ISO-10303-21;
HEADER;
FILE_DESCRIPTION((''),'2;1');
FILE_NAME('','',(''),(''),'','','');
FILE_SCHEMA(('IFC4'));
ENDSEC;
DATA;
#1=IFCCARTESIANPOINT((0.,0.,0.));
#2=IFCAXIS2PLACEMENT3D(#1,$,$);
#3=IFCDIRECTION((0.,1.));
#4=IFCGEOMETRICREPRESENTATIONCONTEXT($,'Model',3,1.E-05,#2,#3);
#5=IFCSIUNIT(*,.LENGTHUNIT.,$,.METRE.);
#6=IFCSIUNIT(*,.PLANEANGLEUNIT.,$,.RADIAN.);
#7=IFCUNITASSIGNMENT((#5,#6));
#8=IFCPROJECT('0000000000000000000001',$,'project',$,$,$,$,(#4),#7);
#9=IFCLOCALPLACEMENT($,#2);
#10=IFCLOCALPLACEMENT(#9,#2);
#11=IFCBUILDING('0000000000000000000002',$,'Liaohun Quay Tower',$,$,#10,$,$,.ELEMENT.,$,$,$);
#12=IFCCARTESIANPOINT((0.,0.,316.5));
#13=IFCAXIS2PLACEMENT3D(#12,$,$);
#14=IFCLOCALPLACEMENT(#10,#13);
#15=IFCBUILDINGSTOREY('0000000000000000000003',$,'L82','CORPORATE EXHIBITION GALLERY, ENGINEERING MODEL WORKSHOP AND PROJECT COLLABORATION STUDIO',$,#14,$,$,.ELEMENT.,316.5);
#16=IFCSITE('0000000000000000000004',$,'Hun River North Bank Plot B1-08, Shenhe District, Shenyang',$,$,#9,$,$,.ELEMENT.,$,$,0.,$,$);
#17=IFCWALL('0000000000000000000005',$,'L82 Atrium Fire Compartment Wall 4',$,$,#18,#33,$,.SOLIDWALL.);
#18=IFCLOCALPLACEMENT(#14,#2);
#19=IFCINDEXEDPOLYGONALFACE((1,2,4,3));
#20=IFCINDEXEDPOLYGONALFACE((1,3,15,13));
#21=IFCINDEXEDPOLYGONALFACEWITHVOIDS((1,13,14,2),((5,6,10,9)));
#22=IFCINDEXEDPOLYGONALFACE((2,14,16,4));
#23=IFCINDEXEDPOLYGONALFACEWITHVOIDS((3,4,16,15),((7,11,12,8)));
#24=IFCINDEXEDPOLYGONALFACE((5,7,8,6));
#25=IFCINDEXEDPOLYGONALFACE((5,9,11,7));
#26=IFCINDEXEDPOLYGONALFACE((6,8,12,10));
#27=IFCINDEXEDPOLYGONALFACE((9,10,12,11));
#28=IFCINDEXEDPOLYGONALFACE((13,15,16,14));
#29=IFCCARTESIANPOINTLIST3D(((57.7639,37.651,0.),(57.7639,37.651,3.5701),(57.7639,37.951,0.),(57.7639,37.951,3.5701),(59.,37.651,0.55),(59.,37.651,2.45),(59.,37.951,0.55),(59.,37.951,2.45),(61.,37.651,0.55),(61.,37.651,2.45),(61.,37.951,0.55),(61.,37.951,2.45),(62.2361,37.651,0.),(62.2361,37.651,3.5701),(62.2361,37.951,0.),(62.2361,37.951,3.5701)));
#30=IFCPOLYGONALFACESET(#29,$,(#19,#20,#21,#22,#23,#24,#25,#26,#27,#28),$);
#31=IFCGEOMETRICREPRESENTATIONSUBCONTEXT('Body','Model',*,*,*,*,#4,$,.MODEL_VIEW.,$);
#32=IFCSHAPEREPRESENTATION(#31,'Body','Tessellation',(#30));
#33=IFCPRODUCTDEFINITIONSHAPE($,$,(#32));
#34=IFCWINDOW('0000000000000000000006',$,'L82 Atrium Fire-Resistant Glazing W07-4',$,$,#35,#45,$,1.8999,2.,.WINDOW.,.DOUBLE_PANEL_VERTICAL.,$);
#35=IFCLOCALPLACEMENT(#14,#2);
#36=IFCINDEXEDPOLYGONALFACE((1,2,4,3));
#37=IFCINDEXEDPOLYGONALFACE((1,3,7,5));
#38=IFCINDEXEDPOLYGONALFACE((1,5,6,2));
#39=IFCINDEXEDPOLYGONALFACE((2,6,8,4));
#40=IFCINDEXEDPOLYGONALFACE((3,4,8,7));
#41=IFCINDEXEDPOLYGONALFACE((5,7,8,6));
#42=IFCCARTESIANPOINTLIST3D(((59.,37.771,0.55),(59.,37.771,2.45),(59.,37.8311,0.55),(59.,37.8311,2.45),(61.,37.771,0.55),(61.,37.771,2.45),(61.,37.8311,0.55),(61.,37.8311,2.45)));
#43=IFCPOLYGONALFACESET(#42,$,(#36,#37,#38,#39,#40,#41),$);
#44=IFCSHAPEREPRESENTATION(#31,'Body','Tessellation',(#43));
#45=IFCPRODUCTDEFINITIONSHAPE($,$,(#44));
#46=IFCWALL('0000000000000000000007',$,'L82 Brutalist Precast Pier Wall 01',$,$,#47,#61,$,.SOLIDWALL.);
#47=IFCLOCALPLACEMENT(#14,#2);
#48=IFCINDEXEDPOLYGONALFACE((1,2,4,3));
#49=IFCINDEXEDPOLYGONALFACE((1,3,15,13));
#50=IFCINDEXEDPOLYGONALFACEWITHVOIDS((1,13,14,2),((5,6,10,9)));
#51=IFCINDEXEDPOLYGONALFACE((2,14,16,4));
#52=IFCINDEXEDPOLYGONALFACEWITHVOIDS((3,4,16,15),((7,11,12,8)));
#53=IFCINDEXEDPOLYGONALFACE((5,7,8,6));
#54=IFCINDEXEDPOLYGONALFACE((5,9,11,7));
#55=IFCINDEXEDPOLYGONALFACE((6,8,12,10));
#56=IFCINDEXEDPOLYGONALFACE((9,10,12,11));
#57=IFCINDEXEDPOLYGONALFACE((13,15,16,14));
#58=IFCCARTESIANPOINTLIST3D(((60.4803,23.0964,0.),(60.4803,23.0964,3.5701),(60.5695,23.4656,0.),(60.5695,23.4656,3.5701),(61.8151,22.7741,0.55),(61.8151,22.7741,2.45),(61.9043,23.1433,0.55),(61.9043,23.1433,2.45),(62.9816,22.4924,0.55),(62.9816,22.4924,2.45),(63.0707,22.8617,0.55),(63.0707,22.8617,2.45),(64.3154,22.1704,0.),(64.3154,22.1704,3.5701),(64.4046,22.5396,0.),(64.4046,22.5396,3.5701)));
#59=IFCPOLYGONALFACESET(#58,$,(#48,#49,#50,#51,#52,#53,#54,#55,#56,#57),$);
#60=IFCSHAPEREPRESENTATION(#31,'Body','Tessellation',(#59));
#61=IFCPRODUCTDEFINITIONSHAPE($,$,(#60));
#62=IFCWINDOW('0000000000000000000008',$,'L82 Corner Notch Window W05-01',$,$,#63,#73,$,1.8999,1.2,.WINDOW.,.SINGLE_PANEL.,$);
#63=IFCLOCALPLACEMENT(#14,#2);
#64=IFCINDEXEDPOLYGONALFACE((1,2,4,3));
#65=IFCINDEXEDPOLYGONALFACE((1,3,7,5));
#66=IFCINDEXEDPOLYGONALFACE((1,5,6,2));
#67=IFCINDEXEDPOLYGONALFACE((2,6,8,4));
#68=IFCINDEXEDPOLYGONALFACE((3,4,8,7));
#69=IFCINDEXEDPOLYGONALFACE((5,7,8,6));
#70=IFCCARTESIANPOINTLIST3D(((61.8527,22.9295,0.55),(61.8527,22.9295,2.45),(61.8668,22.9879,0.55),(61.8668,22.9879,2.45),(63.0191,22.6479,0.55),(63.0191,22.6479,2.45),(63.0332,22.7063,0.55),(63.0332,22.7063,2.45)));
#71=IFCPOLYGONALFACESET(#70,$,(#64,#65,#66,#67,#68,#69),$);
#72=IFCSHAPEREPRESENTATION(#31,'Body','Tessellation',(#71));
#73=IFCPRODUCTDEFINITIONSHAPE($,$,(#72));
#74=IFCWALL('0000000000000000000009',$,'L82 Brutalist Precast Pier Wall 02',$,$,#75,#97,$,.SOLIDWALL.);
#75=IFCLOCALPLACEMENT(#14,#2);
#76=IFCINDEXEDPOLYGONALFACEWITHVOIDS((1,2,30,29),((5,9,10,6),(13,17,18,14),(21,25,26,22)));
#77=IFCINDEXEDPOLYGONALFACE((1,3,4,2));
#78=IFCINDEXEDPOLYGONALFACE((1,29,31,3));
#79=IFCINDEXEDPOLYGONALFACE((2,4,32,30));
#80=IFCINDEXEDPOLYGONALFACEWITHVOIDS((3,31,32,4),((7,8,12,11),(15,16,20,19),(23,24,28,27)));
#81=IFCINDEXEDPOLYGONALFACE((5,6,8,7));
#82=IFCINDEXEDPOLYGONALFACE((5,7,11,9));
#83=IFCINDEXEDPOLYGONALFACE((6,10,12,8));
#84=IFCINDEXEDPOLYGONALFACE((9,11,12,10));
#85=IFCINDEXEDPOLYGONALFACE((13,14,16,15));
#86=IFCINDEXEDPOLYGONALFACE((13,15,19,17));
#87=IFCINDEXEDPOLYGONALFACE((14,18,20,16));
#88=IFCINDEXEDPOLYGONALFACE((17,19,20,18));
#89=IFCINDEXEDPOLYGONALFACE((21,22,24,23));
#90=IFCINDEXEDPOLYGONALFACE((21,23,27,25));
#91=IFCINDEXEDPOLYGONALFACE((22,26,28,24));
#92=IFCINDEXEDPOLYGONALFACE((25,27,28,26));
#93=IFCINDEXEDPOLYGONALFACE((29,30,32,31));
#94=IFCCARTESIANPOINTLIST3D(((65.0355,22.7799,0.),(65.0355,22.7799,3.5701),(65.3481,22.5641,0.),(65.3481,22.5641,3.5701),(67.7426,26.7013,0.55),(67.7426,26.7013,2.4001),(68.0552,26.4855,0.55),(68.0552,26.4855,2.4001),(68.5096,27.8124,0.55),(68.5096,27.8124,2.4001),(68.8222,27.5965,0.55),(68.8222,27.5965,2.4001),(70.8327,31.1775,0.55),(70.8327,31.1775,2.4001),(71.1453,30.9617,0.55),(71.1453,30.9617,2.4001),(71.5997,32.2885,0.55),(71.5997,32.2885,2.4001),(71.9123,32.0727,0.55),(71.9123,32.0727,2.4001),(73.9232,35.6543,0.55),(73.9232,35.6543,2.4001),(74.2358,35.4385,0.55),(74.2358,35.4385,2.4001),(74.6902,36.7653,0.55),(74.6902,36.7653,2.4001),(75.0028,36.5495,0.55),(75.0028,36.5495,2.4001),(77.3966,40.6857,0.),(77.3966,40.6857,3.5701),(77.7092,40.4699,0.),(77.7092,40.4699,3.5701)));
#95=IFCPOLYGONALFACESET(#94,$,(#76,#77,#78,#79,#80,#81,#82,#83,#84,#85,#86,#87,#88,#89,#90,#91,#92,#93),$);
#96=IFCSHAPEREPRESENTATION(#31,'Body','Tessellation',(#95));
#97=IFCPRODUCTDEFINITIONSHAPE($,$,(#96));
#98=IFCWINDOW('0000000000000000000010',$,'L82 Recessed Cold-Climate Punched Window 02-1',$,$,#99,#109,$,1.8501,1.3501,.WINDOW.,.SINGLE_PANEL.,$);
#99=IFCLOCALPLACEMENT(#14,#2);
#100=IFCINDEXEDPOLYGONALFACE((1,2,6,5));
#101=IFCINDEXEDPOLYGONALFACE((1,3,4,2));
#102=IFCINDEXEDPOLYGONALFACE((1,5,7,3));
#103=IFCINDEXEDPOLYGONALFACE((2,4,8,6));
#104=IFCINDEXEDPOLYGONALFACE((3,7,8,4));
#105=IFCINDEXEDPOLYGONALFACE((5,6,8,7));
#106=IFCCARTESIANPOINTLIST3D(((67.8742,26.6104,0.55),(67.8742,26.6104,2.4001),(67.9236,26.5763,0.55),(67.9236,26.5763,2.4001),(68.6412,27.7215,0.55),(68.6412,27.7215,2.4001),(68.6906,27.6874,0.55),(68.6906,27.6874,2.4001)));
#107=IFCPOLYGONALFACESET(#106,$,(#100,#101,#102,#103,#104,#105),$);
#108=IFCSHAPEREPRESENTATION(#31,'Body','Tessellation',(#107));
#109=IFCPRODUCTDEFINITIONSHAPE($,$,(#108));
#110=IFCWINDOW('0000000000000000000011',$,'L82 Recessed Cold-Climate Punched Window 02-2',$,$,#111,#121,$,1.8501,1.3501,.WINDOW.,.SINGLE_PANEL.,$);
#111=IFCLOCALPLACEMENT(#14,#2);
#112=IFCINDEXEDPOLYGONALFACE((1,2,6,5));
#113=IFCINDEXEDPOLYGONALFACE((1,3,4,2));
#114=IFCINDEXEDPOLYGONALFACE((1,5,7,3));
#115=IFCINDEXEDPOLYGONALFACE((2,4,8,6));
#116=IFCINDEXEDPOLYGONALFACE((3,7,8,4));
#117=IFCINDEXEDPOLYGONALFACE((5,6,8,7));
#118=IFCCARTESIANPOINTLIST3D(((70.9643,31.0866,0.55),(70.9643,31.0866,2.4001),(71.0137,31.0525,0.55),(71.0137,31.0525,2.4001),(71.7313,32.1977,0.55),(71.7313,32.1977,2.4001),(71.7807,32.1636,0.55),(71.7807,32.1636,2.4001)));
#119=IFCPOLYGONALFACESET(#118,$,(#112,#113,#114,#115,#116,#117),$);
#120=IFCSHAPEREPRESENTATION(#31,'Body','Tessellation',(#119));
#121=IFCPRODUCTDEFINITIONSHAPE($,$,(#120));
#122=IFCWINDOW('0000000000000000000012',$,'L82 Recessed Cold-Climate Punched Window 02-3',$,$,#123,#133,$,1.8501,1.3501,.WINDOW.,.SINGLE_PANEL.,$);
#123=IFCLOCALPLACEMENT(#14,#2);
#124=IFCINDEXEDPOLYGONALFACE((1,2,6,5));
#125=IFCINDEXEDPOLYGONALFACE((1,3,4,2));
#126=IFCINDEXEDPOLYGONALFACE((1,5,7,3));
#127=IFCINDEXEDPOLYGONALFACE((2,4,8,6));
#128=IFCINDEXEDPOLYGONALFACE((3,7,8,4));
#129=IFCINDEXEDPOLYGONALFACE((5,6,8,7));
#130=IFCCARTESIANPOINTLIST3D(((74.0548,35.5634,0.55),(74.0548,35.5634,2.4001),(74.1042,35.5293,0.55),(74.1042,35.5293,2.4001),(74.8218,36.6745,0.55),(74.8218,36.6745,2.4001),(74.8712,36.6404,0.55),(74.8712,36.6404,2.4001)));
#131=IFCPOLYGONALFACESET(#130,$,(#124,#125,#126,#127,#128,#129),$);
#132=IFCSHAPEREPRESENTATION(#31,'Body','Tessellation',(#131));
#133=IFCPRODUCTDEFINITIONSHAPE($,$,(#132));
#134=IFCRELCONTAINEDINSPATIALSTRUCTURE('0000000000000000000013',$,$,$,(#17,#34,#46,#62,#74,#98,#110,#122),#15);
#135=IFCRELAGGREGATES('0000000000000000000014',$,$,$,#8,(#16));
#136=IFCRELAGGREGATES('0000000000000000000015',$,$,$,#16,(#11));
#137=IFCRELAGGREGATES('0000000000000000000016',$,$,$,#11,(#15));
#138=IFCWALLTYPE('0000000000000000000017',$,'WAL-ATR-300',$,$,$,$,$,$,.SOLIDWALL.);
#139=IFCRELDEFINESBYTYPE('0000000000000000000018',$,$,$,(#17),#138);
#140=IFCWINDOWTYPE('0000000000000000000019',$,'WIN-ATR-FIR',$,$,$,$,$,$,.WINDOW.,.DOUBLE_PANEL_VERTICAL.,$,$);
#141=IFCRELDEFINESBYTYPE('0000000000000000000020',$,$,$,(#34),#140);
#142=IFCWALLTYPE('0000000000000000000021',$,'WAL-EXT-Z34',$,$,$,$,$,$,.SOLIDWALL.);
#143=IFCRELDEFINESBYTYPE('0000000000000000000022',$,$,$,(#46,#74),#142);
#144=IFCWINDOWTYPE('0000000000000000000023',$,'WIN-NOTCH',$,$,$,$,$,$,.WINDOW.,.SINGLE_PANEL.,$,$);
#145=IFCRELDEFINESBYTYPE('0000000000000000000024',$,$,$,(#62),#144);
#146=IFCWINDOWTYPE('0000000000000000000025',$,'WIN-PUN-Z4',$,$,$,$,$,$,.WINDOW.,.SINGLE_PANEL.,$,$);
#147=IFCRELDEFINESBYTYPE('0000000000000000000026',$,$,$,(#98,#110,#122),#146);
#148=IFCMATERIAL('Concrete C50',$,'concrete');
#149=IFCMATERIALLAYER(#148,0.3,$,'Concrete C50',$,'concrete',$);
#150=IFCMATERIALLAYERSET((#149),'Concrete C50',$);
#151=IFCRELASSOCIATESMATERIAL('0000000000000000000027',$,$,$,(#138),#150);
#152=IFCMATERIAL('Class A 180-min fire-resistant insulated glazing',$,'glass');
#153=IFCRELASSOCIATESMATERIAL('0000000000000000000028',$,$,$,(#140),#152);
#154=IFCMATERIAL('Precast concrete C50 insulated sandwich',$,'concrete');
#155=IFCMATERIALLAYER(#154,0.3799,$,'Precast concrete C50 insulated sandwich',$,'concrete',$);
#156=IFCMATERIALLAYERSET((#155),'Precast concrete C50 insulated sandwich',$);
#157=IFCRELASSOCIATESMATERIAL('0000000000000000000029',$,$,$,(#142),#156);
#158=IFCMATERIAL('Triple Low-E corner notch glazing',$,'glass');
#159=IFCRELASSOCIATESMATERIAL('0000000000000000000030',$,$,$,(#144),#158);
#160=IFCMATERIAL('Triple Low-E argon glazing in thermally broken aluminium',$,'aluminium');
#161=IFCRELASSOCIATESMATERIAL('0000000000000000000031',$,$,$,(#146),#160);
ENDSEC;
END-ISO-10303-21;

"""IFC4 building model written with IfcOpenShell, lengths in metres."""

from ifc_helpers import new_model, si_unit, direction, frame, frame_2d, origin, place, context, subcontext, project, spatial, rectangle, extrude, source, transform, mapped, material, layer, layer_set, type_object, element, fill, save


model = new_model("IFC4")

# Units and contexts
model_context = context("Model", 3, precision=1e-05, world=origin(), true_north=direction((0.0, 1.0)))
body_context = subcontext(model_context, "Body", "Model", "MODEL_VIEW")
ifc_project = project(units=[si_unit("LENGTHUNIT", "METRE"), si_unit("PLANEANGLEUNIT", "RADIAN")], contexts=[model_context])

# Site, building, storey
site_placement = place(None, origin())
site = spatial("IfcSite", under=ifc_project, at=site_placement, Name="Hun River North Bank Plot B1-08, Shenhe District, Shenyang", CompositionType="ELEMENT", RefElevation=0.0)
building_placement = place(site_placement, origin())
building = spatial("IfcBuilding", under=site, at=building_placement, Name="Liaohun Quay Tower", CompositionType="ELEMENT")
storey_placement = place(building_placement, frame((0.0, 0.0, 316.5)))
storey = spatial("IfcBuildingStorey", under=building, at=storey_placement, Name="L82", Description="CORPORATE EXHIBITION GALLERY, ENGINEERING MODEL WORKSHOP AND PROJECT COLLABORATION STUDIO", CompositionType="ELEMENT", Elevation=316.5)

# Shared definitions
ifc_material_1 = material(Name="Concrete C50", Category="concrete")

# Walls, openings, windows
ifc_layer_1 = layer(ifc_material_1, 0.3, Name="Concrete C50", Category="concrete")
ifc_layer_set_1 = layer_set([ifc_layer_1], Name="Concrete C50")
wall_type_1 = type_object("IfcWallType", Name="WAL-ATR-300", PredefinedType="SOLIDWALL", material=ifc_layer_set_1)
shared_shape_1 = source(origin(), body_context, "Body", "SweptSolid", [
    extrude(rectangle(XDim=2.0, YDim=1.8999, at=frame_2d((1.0, 0.95))), frame((0.0, 0.1599, 0.0), z_axis=(0.0, -1.0, 0.0), x_axis=(1.0, 0.0, 0.0)), (0.0, 0.0, 1.0), 0.3201),
])
ifc_material_2 = material(Name="Class A 180-min fire-resistant insulated glazing", Category="glass")
window_type_1 = type_object("IfcWindowType", Name="WIN-ATR-FIR", PartitioningType="DOUBLE_PANEL_VERTICAL", PredefinedType="WINDOW", material=ifc_material_2)
shared_shape_2 = source(origin(), body_context, "Body", "SweptSolid", [
    extrude(rectangle(XDim=2.0, YDim=1.8999, at=frame_2d((1.0, 0.95))), frame((0.0, 0.03, 0.0), z_axis=(0.0, -1.0, 0.0), x_axis=(1.0, 0.0, 0.0)), (0.0, 0.0, 1.0), 0.0601),
])
wall_1_placement = place(storey_placement, frame((62.2361, 37.801, 0.0), z_axis=(0.0, 0.0, 1.0), x_axis=(-1.0, 0.0, 0.0)))
wall_1 = element("IfcWall", 1, at=wall_1_placement, inside=storey, type_object=wall_type_1, Name="L82 Atrium Fire Compartment Wall 4", PredefinedType="SOLIDWALL", context=body_context, shape_type="SweptSolid", body=[
    extrude(rectangle(XDim=4.4722, YDim=0.3, at=frame_2d((2.2361, 0.0))), origin(), (0.0, 0.0, 1.0), 3.5701),
])
opening_1_placement = place(wall_1_placement, frame((1.2361, 0.0, 0.55)))
opening_1 = element("IfcOpeningElement", 2, at=opening_1_placement, cuts=wall_1, PredefinedType="OPENING", context=body_context, shape_type="MappedRepresentation", body=[
    mapped(shared_shape_1, transform((0.0, 0.0, 0.0), x_axis=(1.0, 0.0, 0.0), y_axis=(0.0, 1.0, 0.0), z_axis=(0.0, 0.0, 1.0), scale=1.0)),
])
window_1_placement = place(opening_1_placement, origin())
window_1 = element("IfcWindow", 3, at=window_1_placement, inside=storey, type_object=window_type_1, Name="L82 Atrium Fire-Resistant Glazing W07-4", OverallHeight=1.8999, OverallWidth=2.0, PartitioningType="DOUBLE_PANEL_VERTICAL", PredefinedType="WINDOW", context=body_context, shape_type="MappedRepresentation", body=[
    mapped(shared_shape_2, transform((0.0, 0.0, 0.0), x_axis=(1.0, 0.0, 0.0), y_axis=(0.0, 1.0, 0.0), z_axis=(0.0, 0.0, 1.0), scale=1.0)),
])
fill(opening_1, window_1)
ifc_material_3 = material(Name="Precast concrete C50 insulated sandwich", Category="concrete")
ifc_layer_2 = layer(ifc_material_3, 0.3799, Name="Precast concrete C50 insulated sandwich", Category="concrete")
ifc_layer_set_2 = layer_set([ifc_layer_2], Name="Precast concrete C50 insulated sandwich")
wall_type_2 = type_object("IfcWallType", Name="WAL-EXT-Z34", PredefinedType="SOLIDWALL", material=ifc_layer_set_2)
wall_2_placement = place(storey_placement, frame((60.5249, 23.281, 0.0), z_axis=(0.0, 0.0, 1.0), x_axis=(0.972066, -0.234709, 0.0)))
wall_2 = element("IfcWall", 4, at=wall_2_placement, inside=storey, type_object=wall_type_2, Name="L82 Brutalist Precast Pier Wall 01", PredefinedType="SOLIDWALL", context=body_context, shape_type="SweptSolid", body=[
    extrude(rectangle(XDim=3.9453, YDim=0.3799, at=frame_2d((1.9727, 0.0))), origin(), (0.0, 0.0, 1.0), 3.5701),
])
shared_shape_3 = source(origin(), body_context, "Body", "SweptSolid", [
    extrude(rectangle(XDim=1.2, YDim=1.8999, at=frame_2d((0.6001, 0.95))), frame((0.0, 0.2, 0.0), z_axis=(0.0, -1.0, 0.0), x_axis=(1.0, 0.0, 0.0)), (0.0, 0.0, 1.0), 0.3999),
])
opening_2_placement = place(wall_2_placement, frame((1.373, 0.0, 0.55)))
opening_2 = element("IfcOpeningElement", 5, at=opening_2_placement, cuts=wall_2, PredefinedType="OPENING", context=body_context, shape_type="MappedRepresentation", body=[
    mapped(shared_shape_3, transform((0.0, 0.0, 0.0), x_axis=(1.0, 0.0, 0.0), y_axis=(0.0, 1.0, 0.0), z_axis=(0.0, 0.0, 1.0), scale=1.0)),
])
ifc_material_4 = material(Name="Triple Low-E corner notch glazing", Category="glass")
window_type_2 = type_object("IfcWindowType", Name="WIN-NOTCH", PartitioningType="SINGLE_PANEL", PredefinedType="WINDOW", material=ifc_material_4)
shared_shape_4 = source(origin(), body_context, "Body", "SweptSolid", [
    extrude(rectangle(XDim=1.2, YDim=1.8999, at=frame_2d((0.6001, 0.95))), frame((0.0, 0.03, 0.0), z_axis=(0.0, -1.0, 0.0), x_axis=(1.0, 0.0, 0.0)), (0.0, 0.0, 1.0), 0.0601),
])
window_2_placement = place(opening_2_placement, origin())
window_2 = element("IfcWindow", 6, at=window_2_placement, inside=storey, type_object=window_type_2, Name="L82 Corner Notch Window W05-01", OverallHeight=1.8999, OverallWidth=1.2, PartitioningType="SINGLE_PANEL", PredefinedType="WINDOW", context=body_context, shape_type="MappedRepresentation", body=[
    mapped(shared_shape_4, transform((0.0, 0.0, 0.0), x_axis=(1.0, 0.0, 0.0), y_axis=(0.0, 1.0, 0.0), z_axis=(0.0, 0.0, 1.0), scale=1.0)),
])
fill(opening_2, window_2)

# Wall, openings, windows
wall_3_placement = place(storey_placement, frame((65.1919, 22.6721, 0.0), z_axis=(0.0, 0.0, 1.0), x_axis=(0.568115, 0.822949, 0.0)))
wall_3 = element("IfcWall", 7, at=wall_3_placement, inside=storey, type_object=wall_type_2, Name="L82 Brutalist Precast Pier Wall 02", PredefinedType="SOLIDWALL", context=body_context, shape_type="SweptSolid", body=[
    extrude(rectangle(XDim=21.7581, YDim=0.3799, at=frame_2d((10.8789, 0.0))), origin(), (0.0, 0.0, 1.0), 3.5701),
])
shared_shape_5 = source(origin(), body_context, "Body", "SweptSolid", [
    extrude(rectangle(XDim=1.3501, YDim=1.8501, at=frame_2d((0.675, 0.925))), frame((0.0, 0.2, 0.0), z_axis=(0.0, -1.0, 0.0), x_axis=(1.0, 0.0, 0.0)), (0.0, 0.0, 1.0), 0.3999),
])
opening_3_placement = place(wall_3_placement, frame((4.7649, 0.0, 0.55)))
opening_3 = element("IfcOpeningElement", 8, at=opening_3_placement, cuts=wall_3, PredefinedType="OPENING", context=body_context, shape_type="MappedRepresentation", body=[
    mapped(shared_shape_5, transform((0.0, 0.0, 0.0), x_axis=(1.0, 0.0, 0.0), y_axis=(0.0, 1.0, 0.0), z_axis=(0.0, 0.0, 1.0), scale=1.0)),
])
opening_4_placement = place(wall_3_placement, frame((10.2041, 0.0, 0.55)))
opening_4 = element("IfcOpeningElement", 9, at=opening_4_placement, cuts=wall_3, PredefinedType="OPENING", context=body_context, shape_type="MappedRepresentation", body=[
    mapped(shared_shape_5, transform((0.0, 0.0, 0.0), x_axis=(1.0, 0.0, 0.0), y_axis=(0.0, 1.0, 0.0), z_axis=(0.0, 0.0, 1.0), scale=1.0)),
])
opening_5_placement = place(wall_3_placement, frame((15.644, 0.0, 0.55)))
opening_5 = element("IfcOpeningElement", 10, at=opening_5_placement, cuts=wall_3, PredefinedType="OPENING", context=body_context, shape_type="MappedRepresentation", body=[
    mapped(shared_shape_5, transform((0.0, 0.0, 0.0), x_axis=(1.0, 0.0, 0.0), y_axis=(0.0, 1.0, 0.0), z_axis=(0.0, 0.0, 1.0), scale=1.0)),
])
ifc_material_5 = material(Name="Triple Low-E argon glazing in thermally broken aluminium", Category="aluminium")
window_type_3 = type_object("IfcWindowType", Name="WIN-PUN-Z4", PartitioningType="SINGLE_PANEL", PredefinedType="WINDOW", material=ifc_material_5)
shared_shape_6 = source(origin(), body_context, "Body", "SweptSolid", [
    extrude(rectangle(XDim=1.3501, YDim=1.8501, at=frame_2d((0.675, 0.925))), frame((0.0, 0.03, 0.0), z_axis=(0.0, -1.0, 0.0), x_axis=(1.0, 0.0, 0.0)), (0.0, 0.0, 1.0), 0.0601),
])
window_3_placement = place(opening_3_placement, origin())
window_3 = element("IfcWindow", 11, at=window_3_placement, inside=storey, type_object=window_type_3, Name="L82 Recessed Cold-Climate Punched Window 02-1", OverallHeight=1.8501, OverallWidth=1.3501, PartitioningType="SINGLE_PANEL", PredefinedType="WINDOW", context=body_context, shape_type="MappedRepresentation", body=[
    mapped(shared_shape_6, transform((0.0, 0.0, 0.0), x_axis=(1.0, 0.0, 0.0), y_axis=(0.0, 1.0, 0.0), z_axis=(0.0, 0.0, 1.0), scale=1.0)),
])
fill(opening_3, window_3)
window_4_placement = place(opening_4_placement, origin())
window_4 = element("IfcWindow", 12, at=window_4_placement, inside=storey, type_object=window_type_3, Name="L82 Recessed Cold-Climate Punched Window 02-2", OverallHeight=1.8501, OverallWidth=1.3501, PartitioningType="SINGLE_PANEL", PredefinedType="WINDOW", context=body_context, shape_type="MappedRepresentation", body=[
    mapped(shared_shape_6, transform((0.0, 0.0, 0.0), x_axis=(1.0, 0.0, 0.0), y_axis=(0.0, 1.0, 0.0), z_axis=(0.0, 0.0, 1.0), scale=1.0)),
])
fill(opening_4, window_4)
window_5_placement = place(opening_5_placement, origin())
window_5 = element("IfcWindow", 13, at=window_5_placement, inside=storey, type_object=window_type_3, Name="L82 Recessed Cold-Climate Punched Window 02-3", OverallHeight=1.8501, OverallWidth=1.3501, PartitioningType="SINGLE_PANEL", PredefinedType="WINDOW", context=body_context, shape_type="MappedRepresentation", body=[
    mapped(shared_shape_6, transform((0.0, 0.0, 0.0), x_axis=(1.0, 0.0, 0.0), y_axis=(0.0, 1.0, 0.0), z_axis=(0.0, 0.0, 1.0), scale=1.0)),
])
fill(opening_5, window_5)

save(model, "model.ifc")
